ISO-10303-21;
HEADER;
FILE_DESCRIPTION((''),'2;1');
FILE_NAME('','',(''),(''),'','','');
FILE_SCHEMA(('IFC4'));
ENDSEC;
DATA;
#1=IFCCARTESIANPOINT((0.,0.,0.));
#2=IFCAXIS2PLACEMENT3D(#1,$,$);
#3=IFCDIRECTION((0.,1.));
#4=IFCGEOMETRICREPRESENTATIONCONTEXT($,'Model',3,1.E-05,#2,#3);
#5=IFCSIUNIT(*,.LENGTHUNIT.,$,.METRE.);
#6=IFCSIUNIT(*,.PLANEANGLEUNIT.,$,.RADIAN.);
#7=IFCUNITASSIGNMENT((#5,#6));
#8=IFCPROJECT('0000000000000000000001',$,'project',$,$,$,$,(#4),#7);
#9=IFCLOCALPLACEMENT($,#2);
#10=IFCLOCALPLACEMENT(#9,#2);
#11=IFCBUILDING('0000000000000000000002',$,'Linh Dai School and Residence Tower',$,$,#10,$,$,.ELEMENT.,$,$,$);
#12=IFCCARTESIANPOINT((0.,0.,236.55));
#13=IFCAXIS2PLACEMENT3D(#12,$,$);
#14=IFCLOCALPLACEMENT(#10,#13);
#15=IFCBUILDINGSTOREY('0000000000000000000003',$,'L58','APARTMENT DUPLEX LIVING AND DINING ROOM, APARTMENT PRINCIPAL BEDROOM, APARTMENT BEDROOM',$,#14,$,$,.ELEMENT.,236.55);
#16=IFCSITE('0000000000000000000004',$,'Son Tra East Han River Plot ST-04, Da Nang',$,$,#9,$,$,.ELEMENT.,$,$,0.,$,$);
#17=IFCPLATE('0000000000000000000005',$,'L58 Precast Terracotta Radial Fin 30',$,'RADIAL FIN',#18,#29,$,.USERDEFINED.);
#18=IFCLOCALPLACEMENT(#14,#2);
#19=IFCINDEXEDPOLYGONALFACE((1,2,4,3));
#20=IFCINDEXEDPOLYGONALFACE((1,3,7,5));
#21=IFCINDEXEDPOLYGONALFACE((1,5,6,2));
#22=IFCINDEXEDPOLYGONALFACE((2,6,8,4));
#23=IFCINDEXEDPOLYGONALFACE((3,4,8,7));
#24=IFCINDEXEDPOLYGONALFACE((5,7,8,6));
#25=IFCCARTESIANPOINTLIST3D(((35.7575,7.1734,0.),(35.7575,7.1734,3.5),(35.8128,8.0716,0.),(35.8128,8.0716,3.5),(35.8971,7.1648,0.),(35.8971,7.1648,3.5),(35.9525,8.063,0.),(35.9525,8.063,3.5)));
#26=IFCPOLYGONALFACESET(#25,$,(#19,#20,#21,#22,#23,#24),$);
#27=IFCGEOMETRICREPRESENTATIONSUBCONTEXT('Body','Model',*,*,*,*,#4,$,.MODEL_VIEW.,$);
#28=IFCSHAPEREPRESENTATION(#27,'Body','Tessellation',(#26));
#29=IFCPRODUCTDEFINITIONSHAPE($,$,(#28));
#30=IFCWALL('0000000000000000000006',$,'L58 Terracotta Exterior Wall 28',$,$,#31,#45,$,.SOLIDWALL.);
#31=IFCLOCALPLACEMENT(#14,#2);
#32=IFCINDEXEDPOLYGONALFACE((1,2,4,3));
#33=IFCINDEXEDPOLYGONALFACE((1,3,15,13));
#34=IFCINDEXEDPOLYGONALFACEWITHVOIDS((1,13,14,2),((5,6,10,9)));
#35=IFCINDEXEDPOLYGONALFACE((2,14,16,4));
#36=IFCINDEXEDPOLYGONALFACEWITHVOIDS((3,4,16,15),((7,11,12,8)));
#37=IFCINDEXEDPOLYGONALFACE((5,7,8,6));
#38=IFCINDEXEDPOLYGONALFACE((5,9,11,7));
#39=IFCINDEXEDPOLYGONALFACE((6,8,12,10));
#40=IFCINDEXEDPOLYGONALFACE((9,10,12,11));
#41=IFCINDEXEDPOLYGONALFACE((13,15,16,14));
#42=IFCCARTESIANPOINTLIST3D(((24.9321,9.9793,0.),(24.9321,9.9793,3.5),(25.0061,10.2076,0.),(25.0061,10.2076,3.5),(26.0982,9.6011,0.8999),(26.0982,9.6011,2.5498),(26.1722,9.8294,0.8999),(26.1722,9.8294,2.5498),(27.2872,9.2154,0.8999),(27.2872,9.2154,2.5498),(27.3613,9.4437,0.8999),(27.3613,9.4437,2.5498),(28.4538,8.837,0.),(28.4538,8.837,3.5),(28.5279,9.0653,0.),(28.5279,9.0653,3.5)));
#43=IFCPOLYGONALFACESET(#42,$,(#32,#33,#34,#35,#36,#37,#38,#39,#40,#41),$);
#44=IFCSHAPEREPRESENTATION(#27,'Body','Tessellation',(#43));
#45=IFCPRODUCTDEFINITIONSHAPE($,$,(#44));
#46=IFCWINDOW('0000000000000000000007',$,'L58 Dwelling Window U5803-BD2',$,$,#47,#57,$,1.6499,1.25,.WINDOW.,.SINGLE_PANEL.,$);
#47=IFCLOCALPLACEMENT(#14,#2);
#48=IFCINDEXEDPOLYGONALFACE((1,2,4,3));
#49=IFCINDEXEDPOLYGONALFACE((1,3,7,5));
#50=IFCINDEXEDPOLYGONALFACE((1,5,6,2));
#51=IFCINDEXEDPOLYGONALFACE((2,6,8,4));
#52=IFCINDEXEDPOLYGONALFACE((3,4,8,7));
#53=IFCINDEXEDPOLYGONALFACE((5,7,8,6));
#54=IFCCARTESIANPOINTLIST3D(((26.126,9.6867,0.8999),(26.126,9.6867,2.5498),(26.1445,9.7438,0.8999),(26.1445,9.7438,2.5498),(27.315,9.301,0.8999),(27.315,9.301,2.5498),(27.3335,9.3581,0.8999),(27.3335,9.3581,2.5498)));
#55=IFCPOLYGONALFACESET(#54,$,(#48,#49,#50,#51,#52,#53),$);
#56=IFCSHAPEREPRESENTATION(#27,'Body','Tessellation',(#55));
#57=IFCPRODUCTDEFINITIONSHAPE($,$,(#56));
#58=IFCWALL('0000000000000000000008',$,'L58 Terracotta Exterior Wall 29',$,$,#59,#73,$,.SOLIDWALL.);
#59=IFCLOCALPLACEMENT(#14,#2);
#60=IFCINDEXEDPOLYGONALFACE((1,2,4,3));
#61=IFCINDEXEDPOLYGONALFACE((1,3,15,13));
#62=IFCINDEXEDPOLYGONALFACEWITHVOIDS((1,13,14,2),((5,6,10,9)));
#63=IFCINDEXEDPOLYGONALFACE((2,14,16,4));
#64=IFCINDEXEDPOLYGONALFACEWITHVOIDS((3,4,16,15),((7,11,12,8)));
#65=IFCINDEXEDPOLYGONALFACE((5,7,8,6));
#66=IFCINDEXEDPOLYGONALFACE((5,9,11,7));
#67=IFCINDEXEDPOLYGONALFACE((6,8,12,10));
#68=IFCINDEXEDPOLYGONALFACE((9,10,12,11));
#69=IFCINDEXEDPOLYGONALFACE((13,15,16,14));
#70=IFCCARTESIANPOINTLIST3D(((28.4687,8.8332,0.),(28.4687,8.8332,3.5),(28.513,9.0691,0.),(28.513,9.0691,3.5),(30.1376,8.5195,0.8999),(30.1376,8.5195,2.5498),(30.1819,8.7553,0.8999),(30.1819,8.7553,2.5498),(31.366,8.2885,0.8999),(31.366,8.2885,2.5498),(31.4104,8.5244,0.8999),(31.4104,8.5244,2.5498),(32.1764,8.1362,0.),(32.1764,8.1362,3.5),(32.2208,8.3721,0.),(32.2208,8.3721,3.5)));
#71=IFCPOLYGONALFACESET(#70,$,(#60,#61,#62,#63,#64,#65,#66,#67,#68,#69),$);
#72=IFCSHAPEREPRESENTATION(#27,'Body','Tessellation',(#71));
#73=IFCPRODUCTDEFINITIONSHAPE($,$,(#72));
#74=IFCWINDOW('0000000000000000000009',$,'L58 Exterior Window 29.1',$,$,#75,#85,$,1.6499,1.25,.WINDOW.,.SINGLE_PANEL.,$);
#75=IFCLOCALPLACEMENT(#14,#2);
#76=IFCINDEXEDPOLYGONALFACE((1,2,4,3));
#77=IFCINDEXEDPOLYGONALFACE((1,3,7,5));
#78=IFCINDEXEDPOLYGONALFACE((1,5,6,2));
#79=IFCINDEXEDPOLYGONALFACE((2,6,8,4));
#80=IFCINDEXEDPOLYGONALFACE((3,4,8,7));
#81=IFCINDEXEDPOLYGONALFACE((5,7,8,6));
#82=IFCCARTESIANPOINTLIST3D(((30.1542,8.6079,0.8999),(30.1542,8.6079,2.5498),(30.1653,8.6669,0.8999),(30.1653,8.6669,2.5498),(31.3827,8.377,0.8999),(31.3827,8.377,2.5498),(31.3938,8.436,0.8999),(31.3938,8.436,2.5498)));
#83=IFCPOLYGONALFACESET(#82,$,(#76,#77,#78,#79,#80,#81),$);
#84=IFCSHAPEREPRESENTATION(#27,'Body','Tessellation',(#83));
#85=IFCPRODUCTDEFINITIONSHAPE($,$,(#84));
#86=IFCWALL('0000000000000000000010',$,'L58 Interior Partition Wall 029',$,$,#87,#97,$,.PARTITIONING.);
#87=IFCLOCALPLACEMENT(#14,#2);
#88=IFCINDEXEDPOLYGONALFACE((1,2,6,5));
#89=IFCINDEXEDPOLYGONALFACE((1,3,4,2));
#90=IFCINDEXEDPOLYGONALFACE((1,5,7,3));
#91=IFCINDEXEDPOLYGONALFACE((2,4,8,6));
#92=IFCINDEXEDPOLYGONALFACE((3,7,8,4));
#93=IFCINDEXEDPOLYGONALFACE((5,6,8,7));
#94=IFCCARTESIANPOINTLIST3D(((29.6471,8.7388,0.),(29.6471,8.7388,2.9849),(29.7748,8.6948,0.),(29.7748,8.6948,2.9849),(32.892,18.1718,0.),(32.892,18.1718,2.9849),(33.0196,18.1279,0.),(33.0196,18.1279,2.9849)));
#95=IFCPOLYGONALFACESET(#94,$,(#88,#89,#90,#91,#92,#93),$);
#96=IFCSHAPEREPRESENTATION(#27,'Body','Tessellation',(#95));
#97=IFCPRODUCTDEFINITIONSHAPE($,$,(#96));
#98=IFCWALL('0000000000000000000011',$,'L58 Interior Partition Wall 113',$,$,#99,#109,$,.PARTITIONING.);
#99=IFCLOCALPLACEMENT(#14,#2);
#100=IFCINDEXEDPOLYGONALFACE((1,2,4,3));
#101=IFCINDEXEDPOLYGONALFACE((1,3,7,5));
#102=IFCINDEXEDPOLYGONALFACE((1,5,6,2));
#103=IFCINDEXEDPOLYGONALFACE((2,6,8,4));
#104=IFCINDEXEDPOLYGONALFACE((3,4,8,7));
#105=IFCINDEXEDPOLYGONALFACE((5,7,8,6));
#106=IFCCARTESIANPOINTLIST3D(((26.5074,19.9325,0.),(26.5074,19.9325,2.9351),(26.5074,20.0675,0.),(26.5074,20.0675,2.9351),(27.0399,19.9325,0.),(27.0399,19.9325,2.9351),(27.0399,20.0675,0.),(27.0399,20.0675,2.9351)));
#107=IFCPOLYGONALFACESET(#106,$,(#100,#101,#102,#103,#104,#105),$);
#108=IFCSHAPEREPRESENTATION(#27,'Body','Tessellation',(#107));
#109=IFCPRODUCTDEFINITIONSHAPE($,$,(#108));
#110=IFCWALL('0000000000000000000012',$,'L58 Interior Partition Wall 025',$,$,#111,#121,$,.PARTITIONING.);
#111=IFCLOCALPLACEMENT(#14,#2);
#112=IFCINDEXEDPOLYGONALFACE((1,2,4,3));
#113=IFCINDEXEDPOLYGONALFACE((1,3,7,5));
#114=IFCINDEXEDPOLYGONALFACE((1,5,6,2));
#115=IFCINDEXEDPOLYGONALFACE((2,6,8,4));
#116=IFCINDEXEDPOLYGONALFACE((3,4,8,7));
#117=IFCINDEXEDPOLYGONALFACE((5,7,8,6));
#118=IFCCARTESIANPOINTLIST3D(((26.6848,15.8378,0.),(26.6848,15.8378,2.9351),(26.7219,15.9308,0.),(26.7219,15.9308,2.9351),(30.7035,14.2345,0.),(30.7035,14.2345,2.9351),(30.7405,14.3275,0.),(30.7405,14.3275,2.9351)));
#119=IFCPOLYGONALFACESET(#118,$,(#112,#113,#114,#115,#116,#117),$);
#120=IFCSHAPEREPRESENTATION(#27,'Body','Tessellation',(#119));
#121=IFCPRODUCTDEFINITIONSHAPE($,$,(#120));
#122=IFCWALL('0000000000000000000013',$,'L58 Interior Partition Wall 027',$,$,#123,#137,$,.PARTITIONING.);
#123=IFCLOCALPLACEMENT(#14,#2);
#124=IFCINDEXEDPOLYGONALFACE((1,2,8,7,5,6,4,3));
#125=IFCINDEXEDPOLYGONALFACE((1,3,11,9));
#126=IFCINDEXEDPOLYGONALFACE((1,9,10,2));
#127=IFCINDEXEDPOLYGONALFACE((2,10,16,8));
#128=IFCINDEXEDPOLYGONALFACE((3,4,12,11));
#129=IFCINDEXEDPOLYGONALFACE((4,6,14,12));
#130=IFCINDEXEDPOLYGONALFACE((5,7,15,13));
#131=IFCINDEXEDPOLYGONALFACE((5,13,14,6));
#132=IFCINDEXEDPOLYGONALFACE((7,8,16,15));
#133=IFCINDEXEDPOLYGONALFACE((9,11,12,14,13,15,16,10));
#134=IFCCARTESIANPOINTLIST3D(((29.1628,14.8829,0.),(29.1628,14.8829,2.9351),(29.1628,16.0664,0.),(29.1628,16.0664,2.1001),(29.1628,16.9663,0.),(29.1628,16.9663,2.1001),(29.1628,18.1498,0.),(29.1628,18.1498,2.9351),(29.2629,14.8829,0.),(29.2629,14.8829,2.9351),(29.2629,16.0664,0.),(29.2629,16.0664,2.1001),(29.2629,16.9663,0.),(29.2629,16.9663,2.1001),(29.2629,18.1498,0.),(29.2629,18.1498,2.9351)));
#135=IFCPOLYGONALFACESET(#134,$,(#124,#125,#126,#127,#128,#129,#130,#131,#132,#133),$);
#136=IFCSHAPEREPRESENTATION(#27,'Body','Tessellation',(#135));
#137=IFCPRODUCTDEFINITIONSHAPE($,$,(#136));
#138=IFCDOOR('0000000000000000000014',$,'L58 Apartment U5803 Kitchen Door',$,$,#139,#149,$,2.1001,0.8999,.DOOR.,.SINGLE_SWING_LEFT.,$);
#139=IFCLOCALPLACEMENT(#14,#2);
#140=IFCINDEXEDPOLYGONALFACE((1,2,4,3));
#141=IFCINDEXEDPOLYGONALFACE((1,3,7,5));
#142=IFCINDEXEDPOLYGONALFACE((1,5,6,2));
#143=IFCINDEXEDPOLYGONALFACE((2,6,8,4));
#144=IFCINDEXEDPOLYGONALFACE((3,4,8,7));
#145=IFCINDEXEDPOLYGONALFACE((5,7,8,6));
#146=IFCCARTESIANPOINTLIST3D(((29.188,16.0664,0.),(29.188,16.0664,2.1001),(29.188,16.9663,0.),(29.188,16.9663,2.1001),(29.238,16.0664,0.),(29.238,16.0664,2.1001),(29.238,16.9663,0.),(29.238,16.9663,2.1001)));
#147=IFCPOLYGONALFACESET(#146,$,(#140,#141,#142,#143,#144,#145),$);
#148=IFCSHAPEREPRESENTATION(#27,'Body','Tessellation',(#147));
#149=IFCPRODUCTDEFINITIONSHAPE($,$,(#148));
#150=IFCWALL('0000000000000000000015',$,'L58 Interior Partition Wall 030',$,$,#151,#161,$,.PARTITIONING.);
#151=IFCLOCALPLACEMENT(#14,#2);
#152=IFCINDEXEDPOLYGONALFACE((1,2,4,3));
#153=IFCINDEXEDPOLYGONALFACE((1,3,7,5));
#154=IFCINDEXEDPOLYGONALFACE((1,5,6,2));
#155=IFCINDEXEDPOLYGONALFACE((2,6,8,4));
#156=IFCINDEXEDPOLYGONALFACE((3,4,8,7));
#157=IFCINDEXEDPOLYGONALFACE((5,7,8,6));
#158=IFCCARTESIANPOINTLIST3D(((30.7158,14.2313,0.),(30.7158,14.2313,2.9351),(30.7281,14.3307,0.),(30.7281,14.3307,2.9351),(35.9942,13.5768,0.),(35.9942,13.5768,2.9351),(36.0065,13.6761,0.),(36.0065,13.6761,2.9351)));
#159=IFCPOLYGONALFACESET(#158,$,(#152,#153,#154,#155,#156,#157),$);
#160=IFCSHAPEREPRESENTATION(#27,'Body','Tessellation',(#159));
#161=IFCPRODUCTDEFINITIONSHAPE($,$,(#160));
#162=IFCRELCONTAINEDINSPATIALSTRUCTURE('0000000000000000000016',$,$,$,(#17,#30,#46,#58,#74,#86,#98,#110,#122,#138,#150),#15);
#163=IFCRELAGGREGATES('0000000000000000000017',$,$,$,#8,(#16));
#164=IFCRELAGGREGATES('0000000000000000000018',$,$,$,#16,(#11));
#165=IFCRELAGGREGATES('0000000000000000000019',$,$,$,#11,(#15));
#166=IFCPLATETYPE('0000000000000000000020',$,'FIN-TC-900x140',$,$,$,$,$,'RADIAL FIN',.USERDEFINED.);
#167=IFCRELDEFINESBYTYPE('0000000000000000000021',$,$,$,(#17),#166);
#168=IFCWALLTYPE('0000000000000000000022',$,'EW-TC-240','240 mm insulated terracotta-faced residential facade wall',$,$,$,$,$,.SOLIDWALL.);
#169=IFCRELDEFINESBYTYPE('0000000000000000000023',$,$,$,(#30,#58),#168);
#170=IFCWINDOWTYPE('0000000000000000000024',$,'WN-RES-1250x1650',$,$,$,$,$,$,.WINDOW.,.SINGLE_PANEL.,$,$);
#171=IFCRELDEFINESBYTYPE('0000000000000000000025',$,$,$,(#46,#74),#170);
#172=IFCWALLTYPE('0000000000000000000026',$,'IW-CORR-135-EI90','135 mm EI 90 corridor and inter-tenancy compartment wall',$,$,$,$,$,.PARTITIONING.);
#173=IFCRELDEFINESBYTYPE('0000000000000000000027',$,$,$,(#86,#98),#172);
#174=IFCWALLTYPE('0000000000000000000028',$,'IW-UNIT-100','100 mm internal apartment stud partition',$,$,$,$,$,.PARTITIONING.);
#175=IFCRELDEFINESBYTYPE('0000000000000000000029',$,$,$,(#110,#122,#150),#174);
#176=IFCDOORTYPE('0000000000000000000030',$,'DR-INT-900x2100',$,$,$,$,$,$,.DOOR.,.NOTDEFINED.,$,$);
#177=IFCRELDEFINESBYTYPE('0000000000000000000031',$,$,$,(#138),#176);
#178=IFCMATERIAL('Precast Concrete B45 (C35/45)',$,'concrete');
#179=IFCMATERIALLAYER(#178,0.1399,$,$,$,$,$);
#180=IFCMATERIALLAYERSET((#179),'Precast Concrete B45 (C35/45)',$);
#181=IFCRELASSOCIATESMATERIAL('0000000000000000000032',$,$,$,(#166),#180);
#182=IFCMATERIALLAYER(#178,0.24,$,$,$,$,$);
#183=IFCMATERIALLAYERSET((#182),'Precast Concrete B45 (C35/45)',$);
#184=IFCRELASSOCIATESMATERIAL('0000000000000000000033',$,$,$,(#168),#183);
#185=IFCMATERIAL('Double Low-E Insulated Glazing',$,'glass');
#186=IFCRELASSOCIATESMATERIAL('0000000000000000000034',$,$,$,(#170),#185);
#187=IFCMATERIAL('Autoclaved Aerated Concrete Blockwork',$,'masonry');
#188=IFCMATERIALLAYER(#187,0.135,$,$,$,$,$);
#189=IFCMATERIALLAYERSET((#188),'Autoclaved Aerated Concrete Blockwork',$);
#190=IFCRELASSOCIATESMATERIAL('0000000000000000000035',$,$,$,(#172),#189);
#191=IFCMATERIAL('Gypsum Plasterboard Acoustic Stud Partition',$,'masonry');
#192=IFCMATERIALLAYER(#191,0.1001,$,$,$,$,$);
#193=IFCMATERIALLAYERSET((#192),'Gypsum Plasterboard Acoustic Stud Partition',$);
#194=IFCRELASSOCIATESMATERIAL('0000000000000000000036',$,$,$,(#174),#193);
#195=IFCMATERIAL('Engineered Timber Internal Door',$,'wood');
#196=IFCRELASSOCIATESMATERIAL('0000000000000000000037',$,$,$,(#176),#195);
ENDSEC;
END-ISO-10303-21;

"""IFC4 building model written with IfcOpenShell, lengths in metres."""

from ifc_helpers import new_model, si_unit, direction, frame, frame_2d, origin, origin_2d, place, context, subcontext, project, spatial, rectangle, extrude, source, transform, mapped, material, layer, layer_set, type_object, element, fill, save


model = new_model("IFC4")

# Units and contexts
model_context = context("Model", 3, precision=1e-05, world=origin(), true_north=direction((0.0, 1.0)))
body_context = subcontext(model_context, "Body", "Model", "MODEL_VIEW")
ifc_project = project(units=[si_unit("LENGTHUNIT", "METRE"), si_unit("PLANEANGLEUNIT", "RADIAN")], contexts=[model_context])

# Site, building, storey
site_placement = place(None, origin())
site = spatial("IfcSite", under=ifc_project, at=site_placement, Name="Son Tra East Han River Plot ST-04, Da Nang", CompositionType="ELEMENT", RefElevation=0.0)
building_placement = place(site_placement, origin())
building = spatial("IfcBuilding", under=site, at=building_placement, Name="Linh Dai School and Residence Tower", CompositionType="ELEMENT")
storey_placement = place(building_placement, frame((0.0, 0.0, 236.55)))
storey = spatial("IfcBuildingStorey", under=building, at=storey_placement, Name="L58", Description="APARTMENT DUPLEX LIVING AND DINING ROOM, APARTMENT PRINCIPAL BEDROOM, APARTMENT BEDROOM", CompositionType="ELEMENT", Elevation=236.55)

# Plate
ifc_material_1 = material(Name="Precast Concrete B45 (C35/45)", Category="concrete")
ifc_layer_1 = layer(ifc_material_1, 0.1399)
ifc_layer_set_1 = layer_set([ifc_layer_1], Name="Precast Concrete B45 (C35/45)")
plate_type = type_object("IfcPlateType", Name="FIN-TC-900x140", ElementType="RADIAL FIN", PredefinedType="USERDEFINED", material=ifc_layer_set_1)
shared_shape_1 = source(origin(), body_context, "Body", "SweptSolid", [
    extrude(rectangle(XDim=0.8999, YDim=0.1399, at=origin_2d()), origin(), (0.0, 0.0, 1.0), 3.5),
])
plate_placement = place(storey_placement, frame((35.855, 7.6182, 0.0), z_axis=(0.0, 0.0, 1.0), x_axis=(-0.061504, -0.998107, 0.0)))
element("IfcPlate", 1, at=plate_placement, inside=storey, type_object=plate_type, Name="L58 Precast Terracotta Radial Fin 30", ObjectType="RADIAL FIN", PredefinedType="USERDEFINED", context=body_context, shape_type="MappedRepresentation", body=[
    mapped(shared_shape_1, transform((0.0, 0.0, 0.0), x_axis=(1.0, 0.0, 0.0), y_axis=(0.0, 1.0, 0.0), z_axis=(0.0, 0.0, 1.0), scale=1.0)),
])

# Walls, openings, windows
ifc_layer_2 = layer(ifc_material_1, 0.24)
ifc_layer_set_2 = layer_set([ifc_layer_2], Name="Precast Concrete B45 (C35/45)")
wall_type_1 = type_object("IfcWallType", Name="EW-TC-240", Description="240 mm insulated terracotta-faced residential facade wall", PredefinedType="SOLIDWALL", material=ifc_layer_set_2)
wall_1_placement = place(storey_placement, frame((28.4907, 8.9512, 0.0), z_axis=(0.0, 0.0, 1.0), x_axis=(-0.951211, 0.308542, 0.0)))
wall_1 = element("IfcWall", 2, at=wall_1_placement, inside=storey, type_object=wall_type_1, Name="L58 Terracotta Exterior Wall 28", PredefinedType="SOLIDWALL", context=body_context, shape_type="SweptSolid", body=[
    extrude(rectangle(XDim=3.7024, YDim=0.24, at=frame_2d((1.8511, 0.0))), origin(), (0.0, 0.0, 1.0), 3.5),
])
opening_1_placement = place(wall_1_placement, frame((1.2263, 0.0, 0.8999)))
opening_1 = element("IfcOpeningElement", 3, at=opening_1_placement, cuts=wall_1, PredefinedType="OPENING", context=body_context, shape_type="SweptSolid", body=[
    extrude(rectangle(XDim=1.25, YDim=1.6499, at=origin_2d()), frame((0.625, 0.1299, 0.825), z_axis=(0.0, -1.0, 0.0), x_axis=(1.0, 0.0, 0.0)), (0.0, 0.0, 1.0), 0.26),
])
ifc_material_2 = material(Name="Double Low-E Insulated Glazing", Category="glass")
window_type = type_object("IfcWindowType", Name="WN-RES-1250x1650", PartitioningType="SINGLE_PANEL", PredefinedType="WINDOW", material=ifc_material_2)
shared_shape_2 = source(origin(), body_context, "Body", "SweptSolid", [
    extrude(rectangle(XDim=1.25, YDim=1.6499, at=origin_2d()), frame((0.625, 0.03, 0.825), z_axis=(0.0, -1.0, 0.0), x_axis=(1.0, 0.0, 0.0)), (0.0, 0.0, 1.0), 0.0601),
])
window_1_placement = place(opening_1_placement, origin())
window_1 = element("IfcWindow", 4, at=window_1_placement, inside=storey, type_object=window_type, Name="L58 Dwelling Window U5803-BD2", OverallHeight=1.6499, OverallWidth=1.25, PartitioningType="SINGLE_PANEL", PredefinedType="WINDOW", context=body_context, shape_type="MappedRepresentation", body=[
    mapped(shared_shape_2, transform((0.0, 0.0, 0.0), x_axis=(1.0, 0.0, 0.0), y_axis=(0.0, 1.0, 0.0), z_axis=(0.0, 0.0, 1.0), scale=1.0)),
])
fill(opening_1, window_1)
wall_2_placement = place(storey_placement, frame((32.1985, 8.2542, 0.0), z_axis=(0.0, 0.0, 1.0), x_axis=(-0.982785, 0.184753, 0.0)))
wall_2 = element("IfcWall", 5, at=wall_2_placement, inside=storey, type_object=wall_type_1, Name="L58 Terracotta Exterior Wall 29", PredefinedType="SOLIDWALL", context=body_context, shape_type="SweptSolid", body=[
    extrude(rectangle(XDim=3.7727, YDim=0.24, at=frame_2d((1.8862, 0.0))), origin(), (0.0, 0.0, 1.0), 3.5),
])
opening_2_placement = place(wall_2_placement, frame((0.8245, 0.0, 0.8999)))
opening_2 = element("IfcOpeningElement", 6, at=opening_2_placement, cuts=wall_2, PredefinedType="OPENING", context=body_context, shape_type="SweptSolid", body=[
    extrude(rectangle(XDim=1.25, YDim=1.6499, at=origin_2d()), frame((0.625, 0.1299, 0.825), z_axis=(0.0, -1.0, 0.0), x_axis=(1.0, 0.0, 0.0)), (0.0, 0.0, 1.0), 0.26),
])
window_2_placement = place(opening_2_placement, origin())
window_2 = element("IfcWindow", 7, at=window_2_placement, inside=storey, type_object=window_type, Name="L58 Exterior Window 29.1", OverallHeight=1.6499, OverallWidth=1.25, PartitioningType="SINGLE_PANEL", PredefinedType="WINDOW", context=body_context, shape_type="MappedRepresentation", body=[
    mapped(shared_shape_2, transform((0.0, 0.0, 0.0), x_axis=(1.0, 0.0, 0.0), y_axis=(0.0, 1.0, 0.0), z_axis=(0.0, 0.0, 1.0), scale=1.0)),
])
fill(opening_2, window_2)

# Walls
ifc_material_3 = material(Name="Autoclaved Aerated Concrete Blockwork", Category="masonry")
ifc_layer_3 = layer(ifc_material_3, 0.135)
ifc_layer_set_3 = layer_set([ifc_layer_3], Name="Autoclaved Aerated Concrete Blockwork")
wall_type_2 = type_object("IfcWallType", Name="IW-CORR-135-EI90", Description="135 mm EI 90 corridor and inter-tenancy compartment wall", PredefinedType="PARTITIONING", material=ifc_layer_set_3)
wall_3_placement = place(storey_placement, frame((29.7109, 8.7168, 0.0), z_axis=(0.0, 0.0, 1.0), x_axis=(0.325281, 0.945617, 0.0)))
element("IfcWall", 8, at=wall_3_placement, inside=storey, type_object=wall_type_2, Name="L58 Interior Partition Wall 029", PredefinedType="PARTITIONING", context=body_context, shape_type="SweptSolid", body=[
    extrude(rectangle(XDim=9.9756, YDim=0.135, at=frame_2d((4.9878, 0.0))), origin(), (0.0, 0.0, 1.0), 2.9849),
])
wall_4_placement = place(storey_placement, frame((26.5076, 20.0, 0.0), z_axis=(0.0, 0.0, 1.0), x_axis=(1.0, 0.0, 0.0)))
element("IfcWall", 9, at=wall_4_placement, inside=storey, type_object=wall_type_2, Name="L58 Interior Partition Wall 113", PredefinedType="PARTITIONING", context=body_context, shape_type="SweptSolid", body=[
    extrude(rectangle(XDim=0.5325, YDim=0.135, at=frame_2d((0.2661, 0.0))), origin(), (0.0, 0.0, 1.0), 2.9351),
])

# Wall
ifc_material_4 = material(Name="Gypsum Plasterboard Acoustic Stud Partition", Category="masonry")
ifc_layer_4 = layer(ifc_material_4, 0.1001)
ifc_layer_set_4 = layer_set([ifc_layer_4], Name="Gypsum Plasterboard Acoustic Stud Partition")
wall_type_3 = type_object("IfcWallType", Name="IW-UNIT-100", Description="100 mm internal apartment stud partition", PredefinedType="PARTITIONING", material=ifc_layer_set_4)
wall_5_placement = place(storey_placement, frame((26.7034, 15.8843, 0.0), z_axis=(0.0, 0.0, 1.0), x_axis=(0.928807, -0.370564, 0.0)))
element("IfcWall", 10, at=wall_5_placement, inside=storey, type_object=wall_type_3, Name="L58 Interior Partition Wall 025", PredefinedType="PARTITIONING", context=body_context, shape_type="SweptSolid", body=[
    extrude(rectangle(XDim=4.3267, YDim=0.1001, at=frame_2d((2.1633, 0.0))), origin(), (0.0, 0.0, 1.0), 2.9351),
])

# Wall, opening, door
wall_6_placement = place(storey_placement, frame((29.2129, 14.8831, 0.0), z_axis=(0.0, 0.0, 1.0), x_axis=(0.0, 1.0, 0.0)))
wall_6 = element("IfcWall", 11, at=wall_6_placement, inside=storey, type_object=wall_type_3, Name="L58 Interior Partition Wall 027", PredefinedType="PARTITIONING", context=body_context, shape_type="SweptSolid", body=[
    extrude(rectangle(XDim=3.2668, YDim=0.1001, at=frame_2d((1.6333, 0.0))), origin(), (0.0, 0.0, 1.0), 2.9351),
])
opening_3_placement = place(wall_6_placement, frame((1.1833, 0.0, 0.0)))
opening_3 = element("IfcOpeningElement", 12, at=opening_3_placement, cuts=wall_6, PredefinedType="OPENING", context=body_context, shape_type="SweptSolid", body=[
    extrude(rectangle(XDim=0.8999, YDim=2.1001, at=origin_2d()), frame((0.45, 0.0601, 1.05), z_axis=(0.0, -1.0, 0.0), x_axis=(1.0, 0.0, 0.0)), (0.0, 0.0, 1.0), 0.1201),
])
ifc_material_5 = material(Name="Engineered Timber Internal Door", Category="wood")
door_type_1 = type_object("IfcDoorType", Name="DR-INT-900x2100", OperationType="NOTDEFINED", PredefinedType="DOOR", material=ifc_material_5)
shared_shape_3 = source(origin(), body_context, "Body", "SweptSolid", [
    extrude(rectangle(XDim=0.8999, YDim=2.1001, at=origin_2d()), frame((0.45, 0.0249, 1.05), z_axis=(0.0, -1.0, 0.0), x_axis=(1.0, 0.0, 0.0)), (0.0, 0.0, 1.0), 0.05),
])
door_1_placement = place(opening_3_placement, origin())
door_1 = element("IfcDoor", 13, at=door_1_placement, inside=storey, type_object=door_type_1, Name="L58 Apartment U5803 Kitchen Door", OperationType="SINGLE_SWING_LEFT", OverallHeight=2.1001, OverallWidth=0.8999, PredefinedType="DOOR", context=body_context, shape_type="MappedRepresentation", body=[
    mapped(shared_shape_3, transform((0.0, 0.0, 0.0), x_axis=(1.0, 0.0, 0.0), y_axis=(0.0, 1.0, 0.0), z_axis=(0.0, 0.0, 1.0), scale=1.0)),
])
fill(opening_3, door_1)

# Wall
wall_7_placement = place(storey_placement, frame((30.7219, 14.281, 0.0), z_axis=(0.0, 0.0, 1.0), x_axis=(0.992399, -0.123063, 0.0)))
element("IfcWall", 14, at=wall_7_placement, inside=storey, type_object=wall_type_3, Name="L58 Interior Partition Wall 030", PredefinedType="PARTITIONING", context=body_context, shape_type="SweptSolid", body=[
    extrude(rectangle(XDim=5.3188, YDim=0.1001, at=frame_2d((2.6594, 0.0))), origin(), (0.0, 0.0, 1.0), 2.9351),
])

save(model, "model.ifc")
